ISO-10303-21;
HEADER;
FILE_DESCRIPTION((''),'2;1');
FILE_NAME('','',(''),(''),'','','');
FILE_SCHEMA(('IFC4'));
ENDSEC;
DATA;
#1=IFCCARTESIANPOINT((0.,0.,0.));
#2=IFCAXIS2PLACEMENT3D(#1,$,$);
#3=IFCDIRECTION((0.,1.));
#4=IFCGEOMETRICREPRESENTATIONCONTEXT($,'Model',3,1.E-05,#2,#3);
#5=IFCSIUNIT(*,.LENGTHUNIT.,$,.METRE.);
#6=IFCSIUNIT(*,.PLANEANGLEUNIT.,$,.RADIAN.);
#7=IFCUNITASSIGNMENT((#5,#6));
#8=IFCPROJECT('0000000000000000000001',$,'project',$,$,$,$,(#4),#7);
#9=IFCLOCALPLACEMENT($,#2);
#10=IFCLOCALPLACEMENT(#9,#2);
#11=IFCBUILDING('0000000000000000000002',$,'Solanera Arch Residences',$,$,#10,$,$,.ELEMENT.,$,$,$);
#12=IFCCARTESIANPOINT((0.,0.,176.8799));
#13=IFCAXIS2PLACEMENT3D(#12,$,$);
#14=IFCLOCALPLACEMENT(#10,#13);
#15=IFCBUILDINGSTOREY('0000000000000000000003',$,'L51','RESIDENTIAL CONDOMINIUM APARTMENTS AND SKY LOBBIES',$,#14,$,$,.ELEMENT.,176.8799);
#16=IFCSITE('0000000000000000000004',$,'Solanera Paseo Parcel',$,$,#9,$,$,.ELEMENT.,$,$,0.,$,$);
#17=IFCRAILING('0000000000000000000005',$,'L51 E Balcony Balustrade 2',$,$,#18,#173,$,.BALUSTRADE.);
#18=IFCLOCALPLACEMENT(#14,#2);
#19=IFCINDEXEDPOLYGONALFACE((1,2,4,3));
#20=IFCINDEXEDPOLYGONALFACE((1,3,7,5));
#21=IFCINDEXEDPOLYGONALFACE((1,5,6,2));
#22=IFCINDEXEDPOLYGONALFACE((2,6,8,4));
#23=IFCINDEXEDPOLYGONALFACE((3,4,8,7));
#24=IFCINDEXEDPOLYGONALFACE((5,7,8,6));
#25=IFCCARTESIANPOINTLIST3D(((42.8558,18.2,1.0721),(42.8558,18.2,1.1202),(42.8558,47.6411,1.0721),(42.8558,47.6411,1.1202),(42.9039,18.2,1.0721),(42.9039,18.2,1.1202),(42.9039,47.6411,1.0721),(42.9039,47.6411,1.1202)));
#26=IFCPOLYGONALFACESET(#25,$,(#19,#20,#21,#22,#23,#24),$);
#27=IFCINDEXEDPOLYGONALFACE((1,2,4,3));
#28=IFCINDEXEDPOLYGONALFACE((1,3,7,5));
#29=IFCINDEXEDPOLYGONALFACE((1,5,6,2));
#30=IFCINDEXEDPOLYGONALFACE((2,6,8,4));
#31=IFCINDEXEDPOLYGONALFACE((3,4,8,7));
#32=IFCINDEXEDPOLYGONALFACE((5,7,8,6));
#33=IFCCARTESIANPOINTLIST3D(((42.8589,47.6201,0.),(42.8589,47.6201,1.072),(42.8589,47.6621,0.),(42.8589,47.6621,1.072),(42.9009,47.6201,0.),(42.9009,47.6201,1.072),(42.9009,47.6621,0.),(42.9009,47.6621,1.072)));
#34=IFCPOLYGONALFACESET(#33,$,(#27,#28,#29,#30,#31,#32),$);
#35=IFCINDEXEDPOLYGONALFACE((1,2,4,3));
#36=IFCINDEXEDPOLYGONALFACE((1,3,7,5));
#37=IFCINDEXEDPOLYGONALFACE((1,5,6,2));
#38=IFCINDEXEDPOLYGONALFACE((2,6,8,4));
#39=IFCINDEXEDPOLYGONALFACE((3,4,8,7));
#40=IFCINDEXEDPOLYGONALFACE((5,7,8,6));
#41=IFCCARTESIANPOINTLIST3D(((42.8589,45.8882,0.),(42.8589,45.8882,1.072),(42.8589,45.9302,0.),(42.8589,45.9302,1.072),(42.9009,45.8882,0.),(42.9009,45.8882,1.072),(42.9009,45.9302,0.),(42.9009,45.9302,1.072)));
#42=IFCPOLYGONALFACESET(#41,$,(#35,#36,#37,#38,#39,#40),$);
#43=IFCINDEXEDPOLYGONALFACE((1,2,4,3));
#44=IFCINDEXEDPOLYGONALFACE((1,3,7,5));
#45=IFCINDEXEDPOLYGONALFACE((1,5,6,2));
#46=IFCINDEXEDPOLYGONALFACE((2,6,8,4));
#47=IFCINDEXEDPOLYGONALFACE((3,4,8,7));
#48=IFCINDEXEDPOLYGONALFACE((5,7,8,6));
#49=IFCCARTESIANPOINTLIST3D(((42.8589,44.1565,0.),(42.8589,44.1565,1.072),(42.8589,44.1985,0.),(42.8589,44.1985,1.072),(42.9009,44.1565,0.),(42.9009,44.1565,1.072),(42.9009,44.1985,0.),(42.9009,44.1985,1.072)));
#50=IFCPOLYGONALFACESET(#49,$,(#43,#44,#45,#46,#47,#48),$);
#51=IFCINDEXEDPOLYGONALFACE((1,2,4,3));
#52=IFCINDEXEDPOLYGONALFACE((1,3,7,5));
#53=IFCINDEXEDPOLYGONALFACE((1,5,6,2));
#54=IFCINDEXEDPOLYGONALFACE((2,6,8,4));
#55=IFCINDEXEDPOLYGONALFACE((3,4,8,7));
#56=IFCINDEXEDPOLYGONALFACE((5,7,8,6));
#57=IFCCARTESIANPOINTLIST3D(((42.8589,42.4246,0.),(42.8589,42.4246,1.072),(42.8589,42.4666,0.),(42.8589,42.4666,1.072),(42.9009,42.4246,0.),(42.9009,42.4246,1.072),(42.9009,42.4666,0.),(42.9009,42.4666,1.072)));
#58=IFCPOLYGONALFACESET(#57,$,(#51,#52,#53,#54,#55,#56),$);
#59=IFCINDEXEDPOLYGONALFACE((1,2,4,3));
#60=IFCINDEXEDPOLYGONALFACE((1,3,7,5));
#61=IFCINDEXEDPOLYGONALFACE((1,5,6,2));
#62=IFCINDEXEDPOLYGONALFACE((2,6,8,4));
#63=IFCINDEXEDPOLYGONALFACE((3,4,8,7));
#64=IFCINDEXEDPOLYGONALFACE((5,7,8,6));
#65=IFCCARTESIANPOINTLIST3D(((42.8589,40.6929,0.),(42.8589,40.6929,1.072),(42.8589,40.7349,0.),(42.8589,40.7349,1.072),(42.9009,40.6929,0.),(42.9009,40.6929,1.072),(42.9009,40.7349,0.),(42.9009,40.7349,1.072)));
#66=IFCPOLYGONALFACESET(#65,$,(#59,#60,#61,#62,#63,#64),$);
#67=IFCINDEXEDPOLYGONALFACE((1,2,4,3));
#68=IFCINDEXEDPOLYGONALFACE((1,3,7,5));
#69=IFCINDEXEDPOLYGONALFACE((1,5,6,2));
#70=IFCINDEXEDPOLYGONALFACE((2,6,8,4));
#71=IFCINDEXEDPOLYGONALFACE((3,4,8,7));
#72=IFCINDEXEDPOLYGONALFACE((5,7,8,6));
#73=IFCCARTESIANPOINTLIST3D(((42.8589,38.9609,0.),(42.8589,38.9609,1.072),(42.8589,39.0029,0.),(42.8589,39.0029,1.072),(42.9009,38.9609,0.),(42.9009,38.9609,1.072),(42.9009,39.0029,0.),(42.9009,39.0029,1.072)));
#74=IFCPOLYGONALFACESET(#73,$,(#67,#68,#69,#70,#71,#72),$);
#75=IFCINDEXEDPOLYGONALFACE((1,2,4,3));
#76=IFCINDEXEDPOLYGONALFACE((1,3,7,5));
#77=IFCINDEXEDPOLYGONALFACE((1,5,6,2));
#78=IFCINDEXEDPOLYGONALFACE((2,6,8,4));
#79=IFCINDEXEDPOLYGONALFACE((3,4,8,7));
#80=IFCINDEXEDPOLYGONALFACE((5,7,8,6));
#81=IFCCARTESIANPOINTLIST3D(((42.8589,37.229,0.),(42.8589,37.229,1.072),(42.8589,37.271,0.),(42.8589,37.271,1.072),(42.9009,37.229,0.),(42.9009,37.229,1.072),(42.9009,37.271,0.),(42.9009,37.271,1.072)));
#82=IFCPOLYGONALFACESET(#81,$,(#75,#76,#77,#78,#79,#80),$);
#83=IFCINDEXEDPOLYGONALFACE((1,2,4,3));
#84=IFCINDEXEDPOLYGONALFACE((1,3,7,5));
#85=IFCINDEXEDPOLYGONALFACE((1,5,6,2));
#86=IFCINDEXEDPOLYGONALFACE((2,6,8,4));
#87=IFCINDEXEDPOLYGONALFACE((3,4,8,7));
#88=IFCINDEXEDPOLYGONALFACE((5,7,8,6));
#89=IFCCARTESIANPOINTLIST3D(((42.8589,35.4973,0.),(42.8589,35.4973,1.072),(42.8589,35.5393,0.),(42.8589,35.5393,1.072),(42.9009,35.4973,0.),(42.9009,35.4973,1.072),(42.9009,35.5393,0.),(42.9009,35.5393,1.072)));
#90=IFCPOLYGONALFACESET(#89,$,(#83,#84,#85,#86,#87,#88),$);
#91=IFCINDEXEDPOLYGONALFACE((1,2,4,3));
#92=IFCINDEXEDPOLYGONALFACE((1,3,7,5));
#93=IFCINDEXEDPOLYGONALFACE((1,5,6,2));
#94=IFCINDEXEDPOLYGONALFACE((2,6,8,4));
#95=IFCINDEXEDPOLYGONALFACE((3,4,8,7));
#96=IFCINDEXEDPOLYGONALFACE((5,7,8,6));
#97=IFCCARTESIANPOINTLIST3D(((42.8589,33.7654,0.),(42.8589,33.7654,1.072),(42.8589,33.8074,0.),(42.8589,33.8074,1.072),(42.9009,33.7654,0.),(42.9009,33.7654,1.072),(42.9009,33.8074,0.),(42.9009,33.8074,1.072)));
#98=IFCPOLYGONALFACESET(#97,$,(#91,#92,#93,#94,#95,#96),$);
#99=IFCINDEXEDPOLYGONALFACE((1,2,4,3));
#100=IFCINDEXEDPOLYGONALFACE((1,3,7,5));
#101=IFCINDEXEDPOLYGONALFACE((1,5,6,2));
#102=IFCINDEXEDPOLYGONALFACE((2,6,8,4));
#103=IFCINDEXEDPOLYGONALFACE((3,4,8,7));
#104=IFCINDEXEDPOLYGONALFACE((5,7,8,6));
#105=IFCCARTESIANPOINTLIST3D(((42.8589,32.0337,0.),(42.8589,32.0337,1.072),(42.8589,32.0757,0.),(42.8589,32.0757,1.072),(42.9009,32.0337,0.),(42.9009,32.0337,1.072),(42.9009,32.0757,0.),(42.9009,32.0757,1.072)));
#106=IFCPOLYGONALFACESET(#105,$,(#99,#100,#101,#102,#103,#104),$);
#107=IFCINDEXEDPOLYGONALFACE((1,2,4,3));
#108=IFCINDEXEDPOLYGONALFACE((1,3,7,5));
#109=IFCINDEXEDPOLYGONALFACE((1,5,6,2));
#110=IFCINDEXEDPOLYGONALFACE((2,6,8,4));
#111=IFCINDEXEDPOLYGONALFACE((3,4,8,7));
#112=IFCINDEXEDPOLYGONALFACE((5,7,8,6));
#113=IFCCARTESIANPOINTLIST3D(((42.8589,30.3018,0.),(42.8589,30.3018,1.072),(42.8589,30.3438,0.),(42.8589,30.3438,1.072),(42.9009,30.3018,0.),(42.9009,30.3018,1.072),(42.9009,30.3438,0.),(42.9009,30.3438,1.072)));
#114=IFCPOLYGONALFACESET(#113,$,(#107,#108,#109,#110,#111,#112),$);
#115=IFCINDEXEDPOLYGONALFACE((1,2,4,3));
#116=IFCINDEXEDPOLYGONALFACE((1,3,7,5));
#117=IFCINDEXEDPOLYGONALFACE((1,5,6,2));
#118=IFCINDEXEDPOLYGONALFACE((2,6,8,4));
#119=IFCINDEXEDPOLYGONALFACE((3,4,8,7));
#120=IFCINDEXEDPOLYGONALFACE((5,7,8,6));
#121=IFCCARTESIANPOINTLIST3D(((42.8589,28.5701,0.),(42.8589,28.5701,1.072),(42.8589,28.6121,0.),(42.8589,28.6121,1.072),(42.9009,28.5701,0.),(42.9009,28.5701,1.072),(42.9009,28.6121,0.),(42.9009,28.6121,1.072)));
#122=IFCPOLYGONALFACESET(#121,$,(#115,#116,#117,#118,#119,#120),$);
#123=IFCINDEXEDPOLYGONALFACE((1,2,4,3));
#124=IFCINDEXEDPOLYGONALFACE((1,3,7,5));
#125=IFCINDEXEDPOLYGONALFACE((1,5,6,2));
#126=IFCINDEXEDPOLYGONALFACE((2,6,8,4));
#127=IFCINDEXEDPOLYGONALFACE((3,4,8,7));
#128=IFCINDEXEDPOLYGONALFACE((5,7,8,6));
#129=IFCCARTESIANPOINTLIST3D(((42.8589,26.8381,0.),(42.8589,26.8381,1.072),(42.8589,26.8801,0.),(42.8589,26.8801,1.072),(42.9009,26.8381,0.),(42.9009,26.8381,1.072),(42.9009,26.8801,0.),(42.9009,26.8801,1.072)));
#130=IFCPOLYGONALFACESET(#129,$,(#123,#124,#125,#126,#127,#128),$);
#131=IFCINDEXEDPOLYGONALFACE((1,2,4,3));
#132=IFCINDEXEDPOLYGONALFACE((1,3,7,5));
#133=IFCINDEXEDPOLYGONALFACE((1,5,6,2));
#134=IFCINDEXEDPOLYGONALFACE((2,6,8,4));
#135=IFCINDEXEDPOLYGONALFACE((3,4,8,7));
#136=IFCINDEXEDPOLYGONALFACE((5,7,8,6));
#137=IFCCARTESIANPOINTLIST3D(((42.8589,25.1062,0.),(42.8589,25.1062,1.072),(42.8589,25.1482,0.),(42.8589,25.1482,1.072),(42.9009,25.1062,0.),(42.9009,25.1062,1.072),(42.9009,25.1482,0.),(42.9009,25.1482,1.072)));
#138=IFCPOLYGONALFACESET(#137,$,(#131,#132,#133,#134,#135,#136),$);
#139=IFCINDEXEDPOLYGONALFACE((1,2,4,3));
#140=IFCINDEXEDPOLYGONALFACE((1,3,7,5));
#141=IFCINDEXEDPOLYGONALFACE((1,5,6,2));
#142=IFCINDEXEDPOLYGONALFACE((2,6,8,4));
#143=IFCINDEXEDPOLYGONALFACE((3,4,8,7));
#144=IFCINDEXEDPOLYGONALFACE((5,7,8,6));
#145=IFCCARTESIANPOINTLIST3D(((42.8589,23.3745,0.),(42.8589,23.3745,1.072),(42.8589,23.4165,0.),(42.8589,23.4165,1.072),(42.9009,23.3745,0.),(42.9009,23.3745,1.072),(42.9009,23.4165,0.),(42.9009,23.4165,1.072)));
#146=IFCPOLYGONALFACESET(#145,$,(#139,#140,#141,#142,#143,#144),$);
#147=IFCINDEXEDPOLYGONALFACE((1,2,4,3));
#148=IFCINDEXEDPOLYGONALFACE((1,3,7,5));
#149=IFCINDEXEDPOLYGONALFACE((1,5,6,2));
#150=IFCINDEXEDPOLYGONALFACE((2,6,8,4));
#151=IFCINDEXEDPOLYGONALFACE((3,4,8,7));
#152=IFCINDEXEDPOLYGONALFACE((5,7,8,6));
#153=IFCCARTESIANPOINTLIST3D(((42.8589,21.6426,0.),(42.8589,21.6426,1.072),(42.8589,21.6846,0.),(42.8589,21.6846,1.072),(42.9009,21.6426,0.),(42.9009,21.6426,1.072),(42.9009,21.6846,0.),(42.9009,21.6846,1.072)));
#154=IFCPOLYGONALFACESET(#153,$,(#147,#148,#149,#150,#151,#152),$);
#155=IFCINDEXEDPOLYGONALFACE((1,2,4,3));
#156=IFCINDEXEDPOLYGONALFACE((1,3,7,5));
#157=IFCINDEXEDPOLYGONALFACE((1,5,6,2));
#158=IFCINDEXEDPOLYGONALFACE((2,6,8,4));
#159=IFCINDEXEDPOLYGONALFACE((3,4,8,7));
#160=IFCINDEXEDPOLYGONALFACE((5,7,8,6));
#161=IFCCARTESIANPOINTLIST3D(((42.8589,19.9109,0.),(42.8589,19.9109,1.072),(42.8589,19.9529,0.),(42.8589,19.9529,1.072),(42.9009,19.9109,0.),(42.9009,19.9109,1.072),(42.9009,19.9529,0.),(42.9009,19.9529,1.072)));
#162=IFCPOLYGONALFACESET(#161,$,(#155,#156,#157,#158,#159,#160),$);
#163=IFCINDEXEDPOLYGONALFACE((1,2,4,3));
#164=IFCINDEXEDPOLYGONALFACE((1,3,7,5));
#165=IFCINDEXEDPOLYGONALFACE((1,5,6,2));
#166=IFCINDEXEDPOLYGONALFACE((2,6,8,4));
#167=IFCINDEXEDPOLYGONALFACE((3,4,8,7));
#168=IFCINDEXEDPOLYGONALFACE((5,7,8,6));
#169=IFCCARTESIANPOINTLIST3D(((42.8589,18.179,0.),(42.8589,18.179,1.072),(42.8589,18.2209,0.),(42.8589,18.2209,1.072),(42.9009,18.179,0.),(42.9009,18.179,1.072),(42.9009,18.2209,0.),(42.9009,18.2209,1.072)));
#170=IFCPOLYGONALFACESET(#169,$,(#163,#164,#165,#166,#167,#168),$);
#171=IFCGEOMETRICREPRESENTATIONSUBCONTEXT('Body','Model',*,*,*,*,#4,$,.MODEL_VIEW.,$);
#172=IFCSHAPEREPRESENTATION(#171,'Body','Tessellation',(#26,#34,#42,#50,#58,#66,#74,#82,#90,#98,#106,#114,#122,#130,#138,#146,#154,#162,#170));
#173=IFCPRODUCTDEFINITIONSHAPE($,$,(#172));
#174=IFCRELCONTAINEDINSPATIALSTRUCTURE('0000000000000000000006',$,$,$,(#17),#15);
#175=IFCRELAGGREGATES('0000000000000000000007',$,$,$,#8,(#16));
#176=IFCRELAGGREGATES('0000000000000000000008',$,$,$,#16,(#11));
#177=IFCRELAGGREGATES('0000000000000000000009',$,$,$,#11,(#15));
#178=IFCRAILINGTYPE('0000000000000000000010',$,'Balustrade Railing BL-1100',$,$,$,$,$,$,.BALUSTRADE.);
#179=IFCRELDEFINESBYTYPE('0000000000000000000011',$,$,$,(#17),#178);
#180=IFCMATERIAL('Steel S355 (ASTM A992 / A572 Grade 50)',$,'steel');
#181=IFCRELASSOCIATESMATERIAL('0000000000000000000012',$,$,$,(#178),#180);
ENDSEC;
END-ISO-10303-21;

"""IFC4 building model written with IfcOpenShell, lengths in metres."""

from ifc_helpers import new_model, si_unit, direction, frame, origin, origin_2d, place, context, subcontext, project, spatial, rectangle, extrude, material, type_object, element, save


model = new_model("IFC4")

# Units and contexts
model_context = context("Model", 3, precision=1e-05, world=origin(), true_north=direction((0.0, 1.0)))
body_context = subcontext(model_context, "Body", "Model", "MODEL_VIEW")
ifc_project = project(units=[si_unit("LENGTHUNIT", "METRE"), si_unit("PLANEANGLEUNIT", "RADIAN")], contexts=[model_context])

# Site, building, storey
site_placement = place(None, origin())
site = spatial("IfcSite", under=ifc_project, at=site_placement, Name="Solanera Paseo Parcel", CompositionType="ELEMENT", RefElevation=0.0)
building_placement = place(site_placement, origin())
building = spatial("IfcBuilding", under=site, at=building_placement, Name="Solanera Arch Residences", CompositionType="ELEMENT")
storey_placement = place(building_placement, frame((0.0, 0.0, 176.8799)))
storey = spatial("IfcBuildingStorey", under=building, at=storey_placement, Name="L51", Description="RESIDENTIAL CONDOMINIUM APARTMENTS AND SKY LOBBIES", CompositionType="ELEMENT", Elevation=176.8799)

# Railing
ifc_material_1 = material(Name="Steel S355 (ASTM A992 / A572 Grade 50)", Category="steel")
railing_type = type_object("IfcRailingType", Name="Balustrade Railing BL-1100", PredefinedType="BALUSTRADE", material=ifc_material_1)
railing_1_placement = place(storey_placement, frame((42.8799, 47.6411, 0.0)))
element("IfcRailing", 1, at=railing_1_placement, inside=storey, type_object=railing_type, Name="L51 E Balcony Balustrade 2", PredefinedType="BALUSTRADE", context=body_context, shape_type="SweptSolid", body=[
    extrude(rectangle(XDim=0.0481, YDim=0.0481, at=origin_2d()), frame((0.0, 0.0, 1.0962), z_axis=(0.0, -1.0, 0.0), x_axis=(1.0, 0.0, 0.0)), (0.0, 0.0, 1.0), 29.4412),
    extrude(rectangle(XDim=0.042, YDim=0.042, at=origin_2d()), origin(), (0.0, 0.0, 1.0), 1.072),
    extrude(rectangle(XDim=0.042, YDim=0.042, at=origin_2d()), frame((0.0, -1.7319, 0.0)), (0.0, 0.0, 1.0), 1.072),
    extrude(rectangle(XDim=0.042, YDim=0.042, at=origin_2d()), frame((0.0, -3.4636, 0.0)), (0.0, 0.0, 1.0), 1.072),
    extrude(rectangle(XDim=0.042, YDim=0.042, at=origin_2d()), frame((0.0, -5.1956, 0.0)), (0.0, 0.0, 1.0), 1.072),
    extrude(rectangle(XDim=0.042, YDim=0.042, at=origin_2d()), frame((0.0, -6.9272, 0.0)), (0.0, 0.0, 1.0), 1.072),
    extrude(rectangle(XDim=0.042, YDim=0.042, at=origin_2d()), frame((0.0, -8.6592, 0.0)), (0.0, 0.0, 1.0), 1.072),
    extrude(rectangle(XDim=0.042, YDim=0.042, at=origin_2d()), frame((0.0, -10.3911, 0.0)), (0.0, 0.0, 1.0), 1.072),
    extrude(rectangle(XDim=0.042, YDim=0.042, at=origin_2d()), frame((0.0, -12.1228, 0.0)), (0.0, 0.0, 1.0), 1.072),
    extrude(rectangle(XDim=0.042, YDim=0.042, at=origin_2d()), frame((0.0, -13.8547, 0.0)), (0.0, 0.0, 1.0), 1.072),
    extrude(rectangle(XDim=0.042, YDim=0.042, at=origin_2d()), frame((0.0, -15.5864, 0.0)), (0.0, 0.0, 1.0), 1.072),
    extrude(rectangle(XDim=0.042, YDim=0.042, at=origin_2d()), frame((0.0, -17.3184, 0.0)), (0.0, 0.0, 1.0), 1.072),
    extrude(rectangle(XDim=0.042, YDim=0.042, at=origin_2d()), frame((0.0, -19.05, 0.0)), (0.0, 0.0, 1.0), 1.072),
    extrude(rectangle(XDim=0.042, YDim=0.042, at=origin_2d()), frame((0.0, -20.782, 0.0)), (0.0, 0.0, 1.0), 1.072),
    extrude(rectangle(XDim=0.042, YDim=0.042, at=origin_2d()), frame((0.0, -22.5139, 0.0)), (0.0, 0.0, 1.0), 1.072),
    extrude(rectangle(XDim=0.042, YDim=0.042, at=origin_2d()), frame((0.0, -24.2456, 0.0)), (0.0, 0.0, 1.0), 1.072),
    extrude(rectangle(XDim=0.042, YDim=0.042, at=origin_2d()), frame((0.0, -25.9775, 0.0)), (0.0, 0.0, 1.0), 1.072),
    extrude(rectangle(XDim=0.042, YDim=0.042, at=origin_2d()), frame((0.0, -27.7092, 0.0)), (0.0, 0.0, 1.0), 1.072),
    extrude(rectangle(XDim=0.042, YDim=0.042, at=origin_2d()), frame((0.0, -29.4412, 0.0)), (0.0, 0.0, 1.0), 1.072),
])

save(model, "model.ifc")
